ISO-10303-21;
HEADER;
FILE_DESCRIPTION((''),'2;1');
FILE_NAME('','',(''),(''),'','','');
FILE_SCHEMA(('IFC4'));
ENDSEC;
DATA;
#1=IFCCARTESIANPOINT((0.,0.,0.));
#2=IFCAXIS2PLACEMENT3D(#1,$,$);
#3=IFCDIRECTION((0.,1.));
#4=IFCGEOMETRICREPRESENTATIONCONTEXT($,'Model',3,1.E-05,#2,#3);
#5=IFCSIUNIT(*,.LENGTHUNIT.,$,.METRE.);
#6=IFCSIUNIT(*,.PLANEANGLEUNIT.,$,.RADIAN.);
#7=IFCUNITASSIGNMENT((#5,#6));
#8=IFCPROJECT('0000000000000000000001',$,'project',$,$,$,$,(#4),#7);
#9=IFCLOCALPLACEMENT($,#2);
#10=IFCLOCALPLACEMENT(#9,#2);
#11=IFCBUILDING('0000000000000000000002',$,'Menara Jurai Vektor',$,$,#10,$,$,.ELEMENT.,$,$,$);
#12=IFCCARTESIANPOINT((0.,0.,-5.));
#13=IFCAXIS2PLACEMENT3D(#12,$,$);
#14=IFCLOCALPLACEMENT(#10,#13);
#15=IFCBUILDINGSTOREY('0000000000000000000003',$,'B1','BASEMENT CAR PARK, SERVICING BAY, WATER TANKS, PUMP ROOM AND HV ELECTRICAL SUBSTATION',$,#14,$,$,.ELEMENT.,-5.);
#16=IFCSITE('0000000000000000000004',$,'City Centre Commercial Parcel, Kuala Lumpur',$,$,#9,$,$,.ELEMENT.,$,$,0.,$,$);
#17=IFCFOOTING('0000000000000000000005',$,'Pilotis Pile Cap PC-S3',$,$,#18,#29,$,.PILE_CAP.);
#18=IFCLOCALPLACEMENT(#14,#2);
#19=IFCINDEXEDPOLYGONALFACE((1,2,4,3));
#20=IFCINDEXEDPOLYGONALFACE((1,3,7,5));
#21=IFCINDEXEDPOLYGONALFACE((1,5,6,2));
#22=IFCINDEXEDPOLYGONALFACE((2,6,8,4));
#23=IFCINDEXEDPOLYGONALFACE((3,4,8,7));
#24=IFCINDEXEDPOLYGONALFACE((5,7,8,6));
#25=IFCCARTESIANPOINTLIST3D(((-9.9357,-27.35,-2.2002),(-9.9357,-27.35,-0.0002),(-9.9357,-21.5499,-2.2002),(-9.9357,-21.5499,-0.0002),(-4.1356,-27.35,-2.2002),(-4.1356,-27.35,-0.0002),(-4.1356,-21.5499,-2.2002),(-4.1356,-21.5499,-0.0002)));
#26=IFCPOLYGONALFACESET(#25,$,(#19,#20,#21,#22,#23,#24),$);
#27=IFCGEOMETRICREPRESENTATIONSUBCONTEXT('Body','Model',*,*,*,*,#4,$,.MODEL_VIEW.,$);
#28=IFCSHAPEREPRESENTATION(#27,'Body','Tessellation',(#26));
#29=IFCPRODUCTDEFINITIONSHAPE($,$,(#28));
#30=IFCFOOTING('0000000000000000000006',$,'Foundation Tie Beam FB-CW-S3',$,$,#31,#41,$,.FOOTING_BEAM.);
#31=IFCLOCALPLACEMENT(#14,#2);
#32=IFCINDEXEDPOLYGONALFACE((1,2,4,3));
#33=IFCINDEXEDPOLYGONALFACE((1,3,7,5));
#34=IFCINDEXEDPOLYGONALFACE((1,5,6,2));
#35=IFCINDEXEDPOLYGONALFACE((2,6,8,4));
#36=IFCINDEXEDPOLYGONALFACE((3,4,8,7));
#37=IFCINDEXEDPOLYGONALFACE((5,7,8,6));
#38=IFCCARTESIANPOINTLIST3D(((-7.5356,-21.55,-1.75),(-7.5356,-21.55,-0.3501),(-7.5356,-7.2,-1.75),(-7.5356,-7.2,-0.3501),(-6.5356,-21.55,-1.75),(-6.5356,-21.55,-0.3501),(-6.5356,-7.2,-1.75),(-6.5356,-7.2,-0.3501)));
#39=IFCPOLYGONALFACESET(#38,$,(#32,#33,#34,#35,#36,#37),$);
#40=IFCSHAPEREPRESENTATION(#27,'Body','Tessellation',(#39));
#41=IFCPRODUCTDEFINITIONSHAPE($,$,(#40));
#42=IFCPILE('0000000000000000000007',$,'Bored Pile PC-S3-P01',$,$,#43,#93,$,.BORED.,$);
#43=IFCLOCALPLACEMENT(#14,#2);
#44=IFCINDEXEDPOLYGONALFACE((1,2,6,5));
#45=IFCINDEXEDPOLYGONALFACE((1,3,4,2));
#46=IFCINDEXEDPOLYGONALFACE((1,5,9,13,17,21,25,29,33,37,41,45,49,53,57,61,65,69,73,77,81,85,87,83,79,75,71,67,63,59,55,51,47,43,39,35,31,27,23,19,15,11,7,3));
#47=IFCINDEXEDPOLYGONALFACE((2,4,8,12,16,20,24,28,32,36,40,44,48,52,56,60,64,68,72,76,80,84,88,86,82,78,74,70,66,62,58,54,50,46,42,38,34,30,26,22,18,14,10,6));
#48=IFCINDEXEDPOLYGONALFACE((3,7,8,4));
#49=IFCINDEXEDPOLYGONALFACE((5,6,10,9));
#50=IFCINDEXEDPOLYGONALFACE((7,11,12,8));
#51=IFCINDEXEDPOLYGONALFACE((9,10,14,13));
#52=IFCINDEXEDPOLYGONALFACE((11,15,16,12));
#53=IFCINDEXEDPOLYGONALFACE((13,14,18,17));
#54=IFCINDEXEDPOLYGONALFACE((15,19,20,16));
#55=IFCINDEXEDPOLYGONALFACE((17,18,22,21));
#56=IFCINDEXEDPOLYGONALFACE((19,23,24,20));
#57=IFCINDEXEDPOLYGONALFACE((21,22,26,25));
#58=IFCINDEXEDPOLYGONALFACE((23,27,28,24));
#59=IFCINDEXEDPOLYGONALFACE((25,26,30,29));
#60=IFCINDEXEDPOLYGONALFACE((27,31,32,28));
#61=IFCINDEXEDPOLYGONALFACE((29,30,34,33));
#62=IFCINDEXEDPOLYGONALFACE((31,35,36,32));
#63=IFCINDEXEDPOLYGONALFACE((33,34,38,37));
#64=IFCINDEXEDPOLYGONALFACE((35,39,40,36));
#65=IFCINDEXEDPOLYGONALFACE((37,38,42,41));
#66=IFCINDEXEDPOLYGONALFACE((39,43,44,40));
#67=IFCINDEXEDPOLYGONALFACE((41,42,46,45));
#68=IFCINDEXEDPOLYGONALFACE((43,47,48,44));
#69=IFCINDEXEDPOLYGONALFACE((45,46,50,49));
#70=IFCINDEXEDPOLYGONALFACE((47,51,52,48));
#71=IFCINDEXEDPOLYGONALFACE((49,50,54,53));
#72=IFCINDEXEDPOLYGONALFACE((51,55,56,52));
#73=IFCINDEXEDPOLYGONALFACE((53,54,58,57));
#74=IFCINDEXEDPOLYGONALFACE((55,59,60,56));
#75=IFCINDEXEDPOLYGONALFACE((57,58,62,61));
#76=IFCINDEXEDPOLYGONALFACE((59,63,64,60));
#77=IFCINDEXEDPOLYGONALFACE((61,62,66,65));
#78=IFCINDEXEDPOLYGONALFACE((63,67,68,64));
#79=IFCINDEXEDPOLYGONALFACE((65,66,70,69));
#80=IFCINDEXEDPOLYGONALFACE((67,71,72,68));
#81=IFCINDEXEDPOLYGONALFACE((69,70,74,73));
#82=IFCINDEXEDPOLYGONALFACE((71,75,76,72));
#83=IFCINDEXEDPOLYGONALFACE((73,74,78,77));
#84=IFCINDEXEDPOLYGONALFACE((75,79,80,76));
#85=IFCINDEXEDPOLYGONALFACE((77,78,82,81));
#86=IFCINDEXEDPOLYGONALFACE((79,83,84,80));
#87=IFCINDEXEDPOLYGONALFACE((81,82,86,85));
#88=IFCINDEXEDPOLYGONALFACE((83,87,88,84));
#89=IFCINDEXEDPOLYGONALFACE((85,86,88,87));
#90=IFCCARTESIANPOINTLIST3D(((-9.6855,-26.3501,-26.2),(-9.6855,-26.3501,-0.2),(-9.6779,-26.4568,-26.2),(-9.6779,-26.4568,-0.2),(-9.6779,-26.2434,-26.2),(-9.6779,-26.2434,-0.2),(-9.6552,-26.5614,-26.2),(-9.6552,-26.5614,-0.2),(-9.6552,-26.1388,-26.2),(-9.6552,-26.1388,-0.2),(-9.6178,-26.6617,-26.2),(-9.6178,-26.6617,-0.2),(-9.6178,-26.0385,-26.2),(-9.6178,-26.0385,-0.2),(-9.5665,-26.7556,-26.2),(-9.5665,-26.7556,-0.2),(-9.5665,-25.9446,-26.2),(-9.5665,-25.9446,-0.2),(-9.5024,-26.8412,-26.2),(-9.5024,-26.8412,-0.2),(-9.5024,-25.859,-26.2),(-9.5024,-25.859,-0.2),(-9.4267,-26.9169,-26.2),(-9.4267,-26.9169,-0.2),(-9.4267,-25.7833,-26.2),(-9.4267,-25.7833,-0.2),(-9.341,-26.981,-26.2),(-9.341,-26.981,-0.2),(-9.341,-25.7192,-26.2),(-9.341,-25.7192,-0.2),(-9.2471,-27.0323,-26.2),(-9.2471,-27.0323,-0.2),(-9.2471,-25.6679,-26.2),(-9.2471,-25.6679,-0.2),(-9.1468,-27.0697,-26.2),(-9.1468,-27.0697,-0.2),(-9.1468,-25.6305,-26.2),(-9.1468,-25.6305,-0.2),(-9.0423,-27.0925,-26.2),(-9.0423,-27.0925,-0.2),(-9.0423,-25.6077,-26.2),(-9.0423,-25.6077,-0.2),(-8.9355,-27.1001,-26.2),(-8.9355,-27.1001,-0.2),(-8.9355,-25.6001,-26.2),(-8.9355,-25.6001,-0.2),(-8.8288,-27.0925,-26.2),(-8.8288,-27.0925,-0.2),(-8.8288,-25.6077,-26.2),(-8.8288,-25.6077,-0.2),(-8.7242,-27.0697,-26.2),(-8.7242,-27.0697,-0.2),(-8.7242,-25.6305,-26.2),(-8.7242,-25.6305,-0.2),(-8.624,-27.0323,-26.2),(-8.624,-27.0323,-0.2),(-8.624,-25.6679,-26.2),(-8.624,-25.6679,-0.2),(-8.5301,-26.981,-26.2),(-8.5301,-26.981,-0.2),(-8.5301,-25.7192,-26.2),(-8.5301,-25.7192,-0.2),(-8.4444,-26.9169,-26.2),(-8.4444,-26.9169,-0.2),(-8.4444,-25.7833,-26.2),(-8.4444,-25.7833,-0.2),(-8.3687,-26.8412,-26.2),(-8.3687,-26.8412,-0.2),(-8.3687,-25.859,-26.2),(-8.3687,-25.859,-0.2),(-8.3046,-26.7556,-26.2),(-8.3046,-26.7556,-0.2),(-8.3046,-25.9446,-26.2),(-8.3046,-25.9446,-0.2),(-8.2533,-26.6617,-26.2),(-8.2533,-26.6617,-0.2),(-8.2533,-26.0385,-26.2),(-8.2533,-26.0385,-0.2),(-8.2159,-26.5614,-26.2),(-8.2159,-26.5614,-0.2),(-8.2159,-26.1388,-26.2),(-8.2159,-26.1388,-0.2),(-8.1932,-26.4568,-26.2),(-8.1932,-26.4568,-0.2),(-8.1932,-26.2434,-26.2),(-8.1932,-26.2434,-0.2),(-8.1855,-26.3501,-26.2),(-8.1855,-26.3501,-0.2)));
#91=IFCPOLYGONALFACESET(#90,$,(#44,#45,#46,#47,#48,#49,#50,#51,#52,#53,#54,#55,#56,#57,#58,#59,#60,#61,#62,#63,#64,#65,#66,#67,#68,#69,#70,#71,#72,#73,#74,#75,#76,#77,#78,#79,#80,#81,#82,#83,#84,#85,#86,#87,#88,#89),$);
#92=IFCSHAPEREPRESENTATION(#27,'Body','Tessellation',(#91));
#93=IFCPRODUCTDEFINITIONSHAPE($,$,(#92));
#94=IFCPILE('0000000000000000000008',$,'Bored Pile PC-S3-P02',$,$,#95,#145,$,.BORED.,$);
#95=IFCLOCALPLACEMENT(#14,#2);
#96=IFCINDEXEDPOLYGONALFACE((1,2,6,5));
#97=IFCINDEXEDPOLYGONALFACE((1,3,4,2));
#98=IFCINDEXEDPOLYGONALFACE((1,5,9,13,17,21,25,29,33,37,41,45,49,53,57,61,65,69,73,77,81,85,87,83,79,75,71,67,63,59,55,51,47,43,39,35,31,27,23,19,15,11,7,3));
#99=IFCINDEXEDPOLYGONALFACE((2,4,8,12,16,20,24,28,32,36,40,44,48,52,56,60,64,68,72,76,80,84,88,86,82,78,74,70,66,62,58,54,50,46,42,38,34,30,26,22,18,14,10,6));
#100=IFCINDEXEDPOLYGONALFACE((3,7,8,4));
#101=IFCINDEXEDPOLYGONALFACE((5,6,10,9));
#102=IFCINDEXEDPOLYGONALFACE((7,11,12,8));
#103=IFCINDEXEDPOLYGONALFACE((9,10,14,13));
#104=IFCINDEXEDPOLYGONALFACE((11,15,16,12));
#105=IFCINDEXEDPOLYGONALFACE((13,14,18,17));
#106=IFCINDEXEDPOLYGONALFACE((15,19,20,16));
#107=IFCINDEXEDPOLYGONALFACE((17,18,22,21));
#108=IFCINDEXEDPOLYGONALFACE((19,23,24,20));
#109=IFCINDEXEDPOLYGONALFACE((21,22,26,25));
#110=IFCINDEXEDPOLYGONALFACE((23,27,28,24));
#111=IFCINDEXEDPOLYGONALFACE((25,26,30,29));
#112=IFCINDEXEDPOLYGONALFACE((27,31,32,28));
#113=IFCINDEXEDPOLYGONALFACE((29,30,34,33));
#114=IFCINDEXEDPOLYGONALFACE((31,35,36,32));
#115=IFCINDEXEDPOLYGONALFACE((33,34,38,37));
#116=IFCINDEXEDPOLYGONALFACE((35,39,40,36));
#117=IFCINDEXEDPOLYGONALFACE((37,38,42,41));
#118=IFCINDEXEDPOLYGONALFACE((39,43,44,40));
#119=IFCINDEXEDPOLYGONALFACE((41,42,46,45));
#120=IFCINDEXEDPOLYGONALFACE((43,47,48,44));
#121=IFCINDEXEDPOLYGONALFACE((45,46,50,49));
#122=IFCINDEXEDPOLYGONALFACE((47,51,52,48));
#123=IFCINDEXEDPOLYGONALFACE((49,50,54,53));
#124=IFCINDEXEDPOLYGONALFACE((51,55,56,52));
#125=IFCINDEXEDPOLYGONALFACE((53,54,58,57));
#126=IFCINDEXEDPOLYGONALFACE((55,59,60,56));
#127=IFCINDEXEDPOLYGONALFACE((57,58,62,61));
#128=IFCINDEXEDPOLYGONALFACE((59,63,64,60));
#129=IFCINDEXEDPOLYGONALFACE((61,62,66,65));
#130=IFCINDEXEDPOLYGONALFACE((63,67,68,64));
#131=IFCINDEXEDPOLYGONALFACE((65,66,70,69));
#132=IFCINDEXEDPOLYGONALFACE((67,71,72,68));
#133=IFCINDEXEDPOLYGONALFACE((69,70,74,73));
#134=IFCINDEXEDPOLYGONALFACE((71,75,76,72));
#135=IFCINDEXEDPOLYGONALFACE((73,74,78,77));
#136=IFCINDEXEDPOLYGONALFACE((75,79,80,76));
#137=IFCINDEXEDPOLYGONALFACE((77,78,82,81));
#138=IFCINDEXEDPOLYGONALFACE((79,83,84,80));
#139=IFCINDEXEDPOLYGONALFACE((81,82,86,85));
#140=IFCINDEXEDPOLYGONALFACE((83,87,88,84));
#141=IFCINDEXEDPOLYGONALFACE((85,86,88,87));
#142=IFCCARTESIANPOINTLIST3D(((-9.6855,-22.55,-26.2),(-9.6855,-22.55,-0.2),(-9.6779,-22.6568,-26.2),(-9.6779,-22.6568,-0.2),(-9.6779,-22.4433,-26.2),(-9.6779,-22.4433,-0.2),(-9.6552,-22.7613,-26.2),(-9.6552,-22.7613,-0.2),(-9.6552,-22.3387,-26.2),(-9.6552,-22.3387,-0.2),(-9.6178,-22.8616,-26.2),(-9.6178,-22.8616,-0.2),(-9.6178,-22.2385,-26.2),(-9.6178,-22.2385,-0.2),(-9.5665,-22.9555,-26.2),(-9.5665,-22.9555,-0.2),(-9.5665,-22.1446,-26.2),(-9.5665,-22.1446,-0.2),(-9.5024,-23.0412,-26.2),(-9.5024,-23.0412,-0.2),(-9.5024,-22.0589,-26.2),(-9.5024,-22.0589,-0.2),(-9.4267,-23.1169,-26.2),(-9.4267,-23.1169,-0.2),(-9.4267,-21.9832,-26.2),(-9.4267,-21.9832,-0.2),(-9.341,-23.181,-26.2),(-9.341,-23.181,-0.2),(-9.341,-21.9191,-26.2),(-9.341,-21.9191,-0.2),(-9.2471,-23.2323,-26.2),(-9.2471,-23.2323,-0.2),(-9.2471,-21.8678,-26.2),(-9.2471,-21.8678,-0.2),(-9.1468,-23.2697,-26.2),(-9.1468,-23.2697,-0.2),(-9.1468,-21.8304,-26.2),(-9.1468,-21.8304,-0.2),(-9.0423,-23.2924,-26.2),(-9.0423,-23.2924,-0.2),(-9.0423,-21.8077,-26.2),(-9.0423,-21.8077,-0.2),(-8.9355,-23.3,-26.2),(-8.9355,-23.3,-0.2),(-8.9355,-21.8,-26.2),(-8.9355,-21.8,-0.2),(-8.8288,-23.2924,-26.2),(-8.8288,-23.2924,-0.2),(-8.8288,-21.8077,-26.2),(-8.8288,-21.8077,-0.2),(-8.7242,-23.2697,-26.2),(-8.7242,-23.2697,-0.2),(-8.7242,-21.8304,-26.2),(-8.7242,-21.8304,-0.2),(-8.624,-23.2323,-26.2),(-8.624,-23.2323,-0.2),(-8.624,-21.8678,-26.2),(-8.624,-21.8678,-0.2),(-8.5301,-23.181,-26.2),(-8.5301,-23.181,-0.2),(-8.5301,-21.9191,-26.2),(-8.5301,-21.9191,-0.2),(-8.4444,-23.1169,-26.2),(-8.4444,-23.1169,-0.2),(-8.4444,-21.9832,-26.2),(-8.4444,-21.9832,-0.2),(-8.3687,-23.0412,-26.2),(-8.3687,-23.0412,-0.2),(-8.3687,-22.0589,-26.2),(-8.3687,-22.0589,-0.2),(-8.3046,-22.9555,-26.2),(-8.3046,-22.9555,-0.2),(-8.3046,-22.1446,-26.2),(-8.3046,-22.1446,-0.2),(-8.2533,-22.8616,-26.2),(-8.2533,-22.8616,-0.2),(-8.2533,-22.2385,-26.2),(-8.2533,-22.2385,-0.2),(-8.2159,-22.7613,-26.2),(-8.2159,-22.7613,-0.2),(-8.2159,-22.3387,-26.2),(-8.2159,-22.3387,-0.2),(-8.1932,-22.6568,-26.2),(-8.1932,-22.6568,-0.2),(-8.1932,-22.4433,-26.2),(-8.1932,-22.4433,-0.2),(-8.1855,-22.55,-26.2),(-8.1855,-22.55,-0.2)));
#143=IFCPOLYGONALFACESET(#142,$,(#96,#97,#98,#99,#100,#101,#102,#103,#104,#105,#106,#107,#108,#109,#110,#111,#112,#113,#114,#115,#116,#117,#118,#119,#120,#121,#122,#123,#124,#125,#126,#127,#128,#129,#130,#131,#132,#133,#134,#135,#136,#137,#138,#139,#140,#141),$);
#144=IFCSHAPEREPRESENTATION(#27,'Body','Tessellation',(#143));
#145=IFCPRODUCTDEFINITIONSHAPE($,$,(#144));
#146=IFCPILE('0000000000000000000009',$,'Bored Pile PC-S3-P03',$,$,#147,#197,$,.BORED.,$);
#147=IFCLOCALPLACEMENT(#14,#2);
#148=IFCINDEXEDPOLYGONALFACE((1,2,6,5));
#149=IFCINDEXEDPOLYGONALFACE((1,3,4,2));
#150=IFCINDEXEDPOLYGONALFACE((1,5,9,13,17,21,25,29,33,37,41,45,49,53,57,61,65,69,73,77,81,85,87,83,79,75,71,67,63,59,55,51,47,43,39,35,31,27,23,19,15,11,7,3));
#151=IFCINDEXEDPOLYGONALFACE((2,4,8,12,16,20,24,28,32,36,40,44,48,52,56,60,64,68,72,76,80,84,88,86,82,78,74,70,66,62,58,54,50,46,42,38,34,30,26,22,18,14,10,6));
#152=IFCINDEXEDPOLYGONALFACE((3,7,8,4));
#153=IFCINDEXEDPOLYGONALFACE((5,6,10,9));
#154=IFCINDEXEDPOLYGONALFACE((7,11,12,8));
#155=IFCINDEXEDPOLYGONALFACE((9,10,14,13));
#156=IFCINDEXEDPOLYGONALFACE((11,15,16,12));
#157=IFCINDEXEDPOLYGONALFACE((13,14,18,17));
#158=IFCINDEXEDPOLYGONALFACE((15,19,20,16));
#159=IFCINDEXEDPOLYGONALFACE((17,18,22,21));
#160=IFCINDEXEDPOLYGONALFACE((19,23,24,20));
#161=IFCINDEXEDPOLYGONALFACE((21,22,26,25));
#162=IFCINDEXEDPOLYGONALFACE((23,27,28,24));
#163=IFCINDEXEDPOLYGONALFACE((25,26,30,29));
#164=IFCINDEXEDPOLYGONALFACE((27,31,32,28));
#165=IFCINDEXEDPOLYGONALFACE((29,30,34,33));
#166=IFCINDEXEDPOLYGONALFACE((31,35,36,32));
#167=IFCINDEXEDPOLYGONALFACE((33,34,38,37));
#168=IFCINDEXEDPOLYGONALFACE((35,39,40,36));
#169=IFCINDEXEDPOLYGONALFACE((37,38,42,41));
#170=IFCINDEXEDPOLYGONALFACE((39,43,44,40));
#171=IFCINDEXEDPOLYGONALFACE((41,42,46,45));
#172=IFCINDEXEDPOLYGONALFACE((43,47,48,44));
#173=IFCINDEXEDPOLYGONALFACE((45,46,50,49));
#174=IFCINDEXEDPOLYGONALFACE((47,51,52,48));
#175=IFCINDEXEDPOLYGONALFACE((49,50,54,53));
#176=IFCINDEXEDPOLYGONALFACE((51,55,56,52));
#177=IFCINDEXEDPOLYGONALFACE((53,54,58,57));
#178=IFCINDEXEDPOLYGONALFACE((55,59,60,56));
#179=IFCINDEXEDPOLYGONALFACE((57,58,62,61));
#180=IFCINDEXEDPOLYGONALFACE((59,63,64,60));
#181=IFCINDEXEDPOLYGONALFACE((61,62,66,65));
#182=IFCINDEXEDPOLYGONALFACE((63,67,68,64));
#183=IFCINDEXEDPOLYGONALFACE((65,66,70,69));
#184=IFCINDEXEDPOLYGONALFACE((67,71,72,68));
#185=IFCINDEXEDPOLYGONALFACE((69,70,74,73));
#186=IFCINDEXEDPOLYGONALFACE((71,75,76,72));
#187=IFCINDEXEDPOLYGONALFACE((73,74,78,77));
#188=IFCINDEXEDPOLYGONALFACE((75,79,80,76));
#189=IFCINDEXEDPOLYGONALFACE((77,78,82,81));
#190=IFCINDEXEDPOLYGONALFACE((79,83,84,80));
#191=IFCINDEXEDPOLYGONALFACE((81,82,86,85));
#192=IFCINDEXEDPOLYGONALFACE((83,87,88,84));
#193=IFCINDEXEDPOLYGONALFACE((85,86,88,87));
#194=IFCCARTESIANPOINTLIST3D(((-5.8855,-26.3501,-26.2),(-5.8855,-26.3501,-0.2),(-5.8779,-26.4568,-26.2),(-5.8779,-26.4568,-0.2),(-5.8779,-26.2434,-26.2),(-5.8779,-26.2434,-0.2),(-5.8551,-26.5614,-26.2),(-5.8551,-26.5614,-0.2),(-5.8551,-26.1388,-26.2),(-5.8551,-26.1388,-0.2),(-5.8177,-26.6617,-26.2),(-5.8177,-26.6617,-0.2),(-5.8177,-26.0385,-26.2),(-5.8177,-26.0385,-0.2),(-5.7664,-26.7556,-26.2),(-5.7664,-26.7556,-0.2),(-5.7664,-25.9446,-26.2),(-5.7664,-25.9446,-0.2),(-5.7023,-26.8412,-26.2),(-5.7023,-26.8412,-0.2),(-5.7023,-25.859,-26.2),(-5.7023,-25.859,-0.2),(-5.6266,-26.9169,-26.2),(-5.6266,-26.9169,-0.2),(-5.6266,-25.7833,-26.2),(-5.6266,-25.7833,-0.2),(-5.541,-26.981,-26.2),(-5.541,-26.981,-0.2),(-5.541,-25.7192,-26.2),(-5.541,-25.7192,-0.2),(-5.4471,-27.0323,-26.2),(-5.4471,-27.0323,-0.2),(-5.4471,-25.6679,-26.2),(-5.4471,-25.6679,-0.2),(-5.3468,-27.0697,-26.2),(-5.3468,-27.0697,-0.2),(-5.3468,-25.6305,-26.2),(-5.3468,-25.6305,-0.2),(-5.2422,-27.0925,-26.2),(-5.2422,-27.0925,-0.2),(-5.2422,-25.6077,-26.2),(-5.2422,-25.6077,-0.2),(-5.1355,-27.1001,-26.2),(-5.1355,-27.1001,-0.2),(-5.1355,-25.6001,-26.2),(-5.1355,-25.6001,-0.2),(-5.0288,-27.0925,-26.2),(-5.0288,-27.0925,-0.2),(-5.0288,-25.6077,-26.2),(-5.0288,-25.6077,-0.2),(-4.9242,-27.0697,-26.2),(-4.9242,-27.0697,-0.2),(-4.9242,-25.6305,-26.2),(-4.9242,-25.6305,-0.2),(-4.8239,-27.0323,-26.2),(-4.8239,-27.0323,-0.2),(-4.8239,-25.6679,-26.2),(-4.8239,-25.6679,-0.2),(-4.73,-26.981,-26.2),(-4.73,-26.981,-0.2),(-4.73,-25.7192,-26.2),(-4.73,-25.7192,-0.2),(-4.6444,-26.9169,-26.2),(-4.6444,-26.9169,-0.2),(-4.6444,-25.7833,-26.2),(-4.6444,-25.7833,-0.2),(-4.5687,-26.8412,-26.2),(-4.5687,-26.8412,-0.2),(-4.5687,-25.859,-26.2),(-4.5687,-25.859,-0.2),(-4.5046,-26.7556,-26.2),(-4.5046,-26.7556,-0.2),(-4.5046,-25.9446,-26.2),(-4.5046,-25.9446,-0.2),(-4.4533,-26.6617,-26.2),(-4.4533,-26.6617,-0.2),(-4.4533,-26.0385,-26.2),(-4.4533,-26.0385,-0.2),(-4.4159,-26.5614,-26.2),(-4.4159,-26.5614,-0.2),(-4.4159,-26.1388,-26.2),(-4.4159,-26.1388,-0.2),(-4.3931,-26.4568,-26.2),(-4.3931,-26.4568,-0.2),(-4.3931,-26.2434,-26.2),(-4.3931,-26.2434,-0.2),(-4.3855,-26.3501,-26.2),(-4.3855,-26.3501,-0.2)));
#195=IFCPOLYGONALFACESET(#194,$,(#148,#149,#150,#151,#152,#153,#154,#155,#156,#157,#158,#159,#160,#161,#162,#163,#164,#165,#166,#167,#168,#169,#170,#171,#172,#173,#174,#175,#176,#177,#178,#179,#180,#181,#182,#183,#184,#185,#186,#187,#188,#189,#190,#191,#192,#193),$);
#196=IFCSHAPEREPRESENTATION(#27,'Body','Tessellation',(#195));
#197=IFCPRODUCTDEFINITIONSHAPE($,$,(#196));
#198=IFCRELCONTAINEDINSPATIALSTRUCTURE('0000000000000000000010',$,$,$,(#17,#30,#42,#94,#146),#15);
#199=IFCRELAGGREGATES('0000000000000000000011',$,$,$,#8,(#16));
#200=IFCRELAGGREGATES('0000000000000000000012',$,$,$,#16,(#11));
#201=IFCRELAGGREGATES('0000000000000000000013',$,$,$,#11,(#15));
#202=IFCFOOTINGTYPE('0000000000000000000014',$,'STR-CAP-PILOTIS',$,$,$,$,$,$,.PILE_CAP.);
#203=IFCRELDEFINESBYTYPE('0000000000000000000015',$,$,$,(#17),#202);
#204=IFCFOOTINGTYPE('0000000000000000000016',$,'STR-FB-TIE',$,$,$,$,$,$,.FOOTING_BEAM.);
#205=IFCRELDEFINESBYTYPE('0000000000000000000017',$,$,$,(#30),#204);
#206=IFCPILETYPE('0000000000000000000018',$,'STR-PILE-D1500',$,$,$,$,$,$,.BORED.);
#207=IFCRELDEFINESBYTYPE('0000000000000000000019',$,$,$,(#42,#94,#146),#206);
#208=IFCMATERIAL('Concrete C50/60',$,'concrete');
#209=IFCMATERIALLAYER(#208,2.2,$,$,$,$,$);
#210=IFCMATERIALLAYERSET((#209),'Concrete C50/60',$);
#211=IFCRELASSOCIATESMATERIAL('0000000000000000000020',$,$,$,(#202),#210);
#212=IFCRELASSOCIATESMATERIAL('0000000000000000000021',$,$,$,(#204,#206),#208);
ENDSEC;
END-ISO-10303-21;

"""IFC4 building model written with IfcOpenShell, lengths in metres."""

from ifc_helpers import new_model, si_unit, direction, frame, origin, origin_2d, place, context, subcontext, project, spatial, rectangle, circle, extrude, material, layer, layer_set, material_profile, profile_set, type_object, element, save


model = new_model("IFC4")

# Units and contexts
model_context = context("Model", 3, precision=1e-05, world=origin(), true_north=direction((0.0, 1.0)))
body_context = subcontext(model_context, "Body", "Model", "MODEL_VIEW")
ifc_project = project(units=[si_unit("LENGTHUNIT", "METRE"), si_unit("PLANEANGLEUNIT", "RADIAN")], contexts=[model_context])

# Site, building, storey
site_placement = place(None, origin())
site = spatial("IfcSite", under=ifc_project, at=site_placement, Name="City Centre Commercial Parcel, Kuala Lumpur", CompositionType="ELEMENT", RefElevation=0.0)
building_placement = place(site_placement, origin())
building = spatial("IfcBuilding", under=site, at=building_placement, Name="Menara Jurai Vektor", CompositionType="ELEMENT")
storey_placement = place(building_placement, frame((0.0, 0.0, -5.0)))
storey = spatial("IfcBuildingStorey", under=building, at=storey_placement, Name="B1", Description="BASEMENT CAR PARK, SERVICING BAY, WATER TANKS, PUMP ROOM AND HV ELECTRICAL SUBSTATION", CompositionType="ELEMENT", Elevation=-5.0)

# Footings
ifc_material_1 = material(Name="Concrete C50/60", Category="concrete")
ifc_layer_1 = layer(ifc_material_1, 2.2)
ifc_layer_set_1 = layer_set([ifc_layer_1], Name="Concrete C50/60")
footing_type_1 = type_object("IfcFootingType", Name="STR-CAP-PILOTIS", PredefinedType="PILE_CAP", material=ifc_layer_set_1)
footing_1_placement = place(storey_placement, frame((-7.0356, -24.45, -2.2002), z_axis=(0.0, 0.0, 1.0), x_axis=(1.0, 0.0, 0.0)))
element("IfcFooting", 1, at=footing_1_placement, inside=storey, type_object=footing_type_1, Name="Pilotis Pile Cap PC-S3", PredefinedType="PILE_CAP", context=body_context, shape_type="SweptSolid", body=[
    extrude(rectangle(XDim=5.8, YDim=5.8, at=origin_2d()), origin(), (0.0, 0.0, 1.0), 2.2),
])
ifc_material_profile_1 = material_profile(ifc_material_1, rectangle(XDim=1.0, YDim=1.3999, at=origin_2d()), Name="RC 1000x1400")
ifc_profile_set_1 = profile_set([ifc_material_profile_1], Name="Concrete C50/60")
footing_type_2 = type_object("IfcFootingType", Name="STR-FB-TIE", PredefinedType="FOOTING_BEAM", material=ifc_profile_set_1)
footing_2_placement = place(storey_placement, frame((-7.0356, -21.55, -1.05), z_axis=(0.0, 1.0, 0.0), x_axis=(-1.0, 0.0, 0.0)))
element("IfcFooting", 2, at=footing_2_placement, inside=storey, type_object=footing_type_2, Name="Foundation Tie Beam FB-CW-S3", PredefinedType="FOOTING_BEAM", context=body_context, shape_type="SweptSolid", body=[
    extrude(rectangle(XDim=1.0, YDim=1.3999, at=origin_2d()), origin(), (0.0, 0.0, 1.0), 14.3501),
])

# Piles
ifc_material_profile_2 = material_profile(ifc_material_1, circle(Radius=0.75, at=origin_2d()), Name="PILE D1500")
ifc_profile_set_2 = profile_set([ifc_material_profile_2], Name="Concrete C50/60")
pile_type = type_object("IfcPileType", Name="STR-PILE-D1500", PredefinedType="BORED", material=ifc_profile_set_2)
for number, where, z_axis, x_axis, name in (
    (3, (-8.9355, -26.3501, -0.2), (0.0, 0.0, -1.0), (1.0, 0.0, 0.0), "Bored Pile PC-S3-P01"),
    (4, (-8.9355, -22.55, -0.2), (0.0, 0.0, -1.0), (1.0, 0.0, 0.0), "Bored Pile PC-S3-P02"),
    (5, (-5.1355, -26.3501, -0.2), (0.0, 0.0, -1.0), (1.0, 0.0, 0.0), "Bored Pile PC-S3-P03"),
):
    element("IfcPile", number, at=place(storey_placement, frame(where, z_axis=z_axis, x_axis=x_axis)), inside=storey, type_object=pile_type, Name=name, PredefinedType="BORED", context=body_context, shape_type="SweptSolid", body=[
        extrude(circle(Radius=0.75, at=origin_2d()), origin(), (0.0, 0.0, 1.0), 26.0),
    ])

save(model, "model.ifc")
